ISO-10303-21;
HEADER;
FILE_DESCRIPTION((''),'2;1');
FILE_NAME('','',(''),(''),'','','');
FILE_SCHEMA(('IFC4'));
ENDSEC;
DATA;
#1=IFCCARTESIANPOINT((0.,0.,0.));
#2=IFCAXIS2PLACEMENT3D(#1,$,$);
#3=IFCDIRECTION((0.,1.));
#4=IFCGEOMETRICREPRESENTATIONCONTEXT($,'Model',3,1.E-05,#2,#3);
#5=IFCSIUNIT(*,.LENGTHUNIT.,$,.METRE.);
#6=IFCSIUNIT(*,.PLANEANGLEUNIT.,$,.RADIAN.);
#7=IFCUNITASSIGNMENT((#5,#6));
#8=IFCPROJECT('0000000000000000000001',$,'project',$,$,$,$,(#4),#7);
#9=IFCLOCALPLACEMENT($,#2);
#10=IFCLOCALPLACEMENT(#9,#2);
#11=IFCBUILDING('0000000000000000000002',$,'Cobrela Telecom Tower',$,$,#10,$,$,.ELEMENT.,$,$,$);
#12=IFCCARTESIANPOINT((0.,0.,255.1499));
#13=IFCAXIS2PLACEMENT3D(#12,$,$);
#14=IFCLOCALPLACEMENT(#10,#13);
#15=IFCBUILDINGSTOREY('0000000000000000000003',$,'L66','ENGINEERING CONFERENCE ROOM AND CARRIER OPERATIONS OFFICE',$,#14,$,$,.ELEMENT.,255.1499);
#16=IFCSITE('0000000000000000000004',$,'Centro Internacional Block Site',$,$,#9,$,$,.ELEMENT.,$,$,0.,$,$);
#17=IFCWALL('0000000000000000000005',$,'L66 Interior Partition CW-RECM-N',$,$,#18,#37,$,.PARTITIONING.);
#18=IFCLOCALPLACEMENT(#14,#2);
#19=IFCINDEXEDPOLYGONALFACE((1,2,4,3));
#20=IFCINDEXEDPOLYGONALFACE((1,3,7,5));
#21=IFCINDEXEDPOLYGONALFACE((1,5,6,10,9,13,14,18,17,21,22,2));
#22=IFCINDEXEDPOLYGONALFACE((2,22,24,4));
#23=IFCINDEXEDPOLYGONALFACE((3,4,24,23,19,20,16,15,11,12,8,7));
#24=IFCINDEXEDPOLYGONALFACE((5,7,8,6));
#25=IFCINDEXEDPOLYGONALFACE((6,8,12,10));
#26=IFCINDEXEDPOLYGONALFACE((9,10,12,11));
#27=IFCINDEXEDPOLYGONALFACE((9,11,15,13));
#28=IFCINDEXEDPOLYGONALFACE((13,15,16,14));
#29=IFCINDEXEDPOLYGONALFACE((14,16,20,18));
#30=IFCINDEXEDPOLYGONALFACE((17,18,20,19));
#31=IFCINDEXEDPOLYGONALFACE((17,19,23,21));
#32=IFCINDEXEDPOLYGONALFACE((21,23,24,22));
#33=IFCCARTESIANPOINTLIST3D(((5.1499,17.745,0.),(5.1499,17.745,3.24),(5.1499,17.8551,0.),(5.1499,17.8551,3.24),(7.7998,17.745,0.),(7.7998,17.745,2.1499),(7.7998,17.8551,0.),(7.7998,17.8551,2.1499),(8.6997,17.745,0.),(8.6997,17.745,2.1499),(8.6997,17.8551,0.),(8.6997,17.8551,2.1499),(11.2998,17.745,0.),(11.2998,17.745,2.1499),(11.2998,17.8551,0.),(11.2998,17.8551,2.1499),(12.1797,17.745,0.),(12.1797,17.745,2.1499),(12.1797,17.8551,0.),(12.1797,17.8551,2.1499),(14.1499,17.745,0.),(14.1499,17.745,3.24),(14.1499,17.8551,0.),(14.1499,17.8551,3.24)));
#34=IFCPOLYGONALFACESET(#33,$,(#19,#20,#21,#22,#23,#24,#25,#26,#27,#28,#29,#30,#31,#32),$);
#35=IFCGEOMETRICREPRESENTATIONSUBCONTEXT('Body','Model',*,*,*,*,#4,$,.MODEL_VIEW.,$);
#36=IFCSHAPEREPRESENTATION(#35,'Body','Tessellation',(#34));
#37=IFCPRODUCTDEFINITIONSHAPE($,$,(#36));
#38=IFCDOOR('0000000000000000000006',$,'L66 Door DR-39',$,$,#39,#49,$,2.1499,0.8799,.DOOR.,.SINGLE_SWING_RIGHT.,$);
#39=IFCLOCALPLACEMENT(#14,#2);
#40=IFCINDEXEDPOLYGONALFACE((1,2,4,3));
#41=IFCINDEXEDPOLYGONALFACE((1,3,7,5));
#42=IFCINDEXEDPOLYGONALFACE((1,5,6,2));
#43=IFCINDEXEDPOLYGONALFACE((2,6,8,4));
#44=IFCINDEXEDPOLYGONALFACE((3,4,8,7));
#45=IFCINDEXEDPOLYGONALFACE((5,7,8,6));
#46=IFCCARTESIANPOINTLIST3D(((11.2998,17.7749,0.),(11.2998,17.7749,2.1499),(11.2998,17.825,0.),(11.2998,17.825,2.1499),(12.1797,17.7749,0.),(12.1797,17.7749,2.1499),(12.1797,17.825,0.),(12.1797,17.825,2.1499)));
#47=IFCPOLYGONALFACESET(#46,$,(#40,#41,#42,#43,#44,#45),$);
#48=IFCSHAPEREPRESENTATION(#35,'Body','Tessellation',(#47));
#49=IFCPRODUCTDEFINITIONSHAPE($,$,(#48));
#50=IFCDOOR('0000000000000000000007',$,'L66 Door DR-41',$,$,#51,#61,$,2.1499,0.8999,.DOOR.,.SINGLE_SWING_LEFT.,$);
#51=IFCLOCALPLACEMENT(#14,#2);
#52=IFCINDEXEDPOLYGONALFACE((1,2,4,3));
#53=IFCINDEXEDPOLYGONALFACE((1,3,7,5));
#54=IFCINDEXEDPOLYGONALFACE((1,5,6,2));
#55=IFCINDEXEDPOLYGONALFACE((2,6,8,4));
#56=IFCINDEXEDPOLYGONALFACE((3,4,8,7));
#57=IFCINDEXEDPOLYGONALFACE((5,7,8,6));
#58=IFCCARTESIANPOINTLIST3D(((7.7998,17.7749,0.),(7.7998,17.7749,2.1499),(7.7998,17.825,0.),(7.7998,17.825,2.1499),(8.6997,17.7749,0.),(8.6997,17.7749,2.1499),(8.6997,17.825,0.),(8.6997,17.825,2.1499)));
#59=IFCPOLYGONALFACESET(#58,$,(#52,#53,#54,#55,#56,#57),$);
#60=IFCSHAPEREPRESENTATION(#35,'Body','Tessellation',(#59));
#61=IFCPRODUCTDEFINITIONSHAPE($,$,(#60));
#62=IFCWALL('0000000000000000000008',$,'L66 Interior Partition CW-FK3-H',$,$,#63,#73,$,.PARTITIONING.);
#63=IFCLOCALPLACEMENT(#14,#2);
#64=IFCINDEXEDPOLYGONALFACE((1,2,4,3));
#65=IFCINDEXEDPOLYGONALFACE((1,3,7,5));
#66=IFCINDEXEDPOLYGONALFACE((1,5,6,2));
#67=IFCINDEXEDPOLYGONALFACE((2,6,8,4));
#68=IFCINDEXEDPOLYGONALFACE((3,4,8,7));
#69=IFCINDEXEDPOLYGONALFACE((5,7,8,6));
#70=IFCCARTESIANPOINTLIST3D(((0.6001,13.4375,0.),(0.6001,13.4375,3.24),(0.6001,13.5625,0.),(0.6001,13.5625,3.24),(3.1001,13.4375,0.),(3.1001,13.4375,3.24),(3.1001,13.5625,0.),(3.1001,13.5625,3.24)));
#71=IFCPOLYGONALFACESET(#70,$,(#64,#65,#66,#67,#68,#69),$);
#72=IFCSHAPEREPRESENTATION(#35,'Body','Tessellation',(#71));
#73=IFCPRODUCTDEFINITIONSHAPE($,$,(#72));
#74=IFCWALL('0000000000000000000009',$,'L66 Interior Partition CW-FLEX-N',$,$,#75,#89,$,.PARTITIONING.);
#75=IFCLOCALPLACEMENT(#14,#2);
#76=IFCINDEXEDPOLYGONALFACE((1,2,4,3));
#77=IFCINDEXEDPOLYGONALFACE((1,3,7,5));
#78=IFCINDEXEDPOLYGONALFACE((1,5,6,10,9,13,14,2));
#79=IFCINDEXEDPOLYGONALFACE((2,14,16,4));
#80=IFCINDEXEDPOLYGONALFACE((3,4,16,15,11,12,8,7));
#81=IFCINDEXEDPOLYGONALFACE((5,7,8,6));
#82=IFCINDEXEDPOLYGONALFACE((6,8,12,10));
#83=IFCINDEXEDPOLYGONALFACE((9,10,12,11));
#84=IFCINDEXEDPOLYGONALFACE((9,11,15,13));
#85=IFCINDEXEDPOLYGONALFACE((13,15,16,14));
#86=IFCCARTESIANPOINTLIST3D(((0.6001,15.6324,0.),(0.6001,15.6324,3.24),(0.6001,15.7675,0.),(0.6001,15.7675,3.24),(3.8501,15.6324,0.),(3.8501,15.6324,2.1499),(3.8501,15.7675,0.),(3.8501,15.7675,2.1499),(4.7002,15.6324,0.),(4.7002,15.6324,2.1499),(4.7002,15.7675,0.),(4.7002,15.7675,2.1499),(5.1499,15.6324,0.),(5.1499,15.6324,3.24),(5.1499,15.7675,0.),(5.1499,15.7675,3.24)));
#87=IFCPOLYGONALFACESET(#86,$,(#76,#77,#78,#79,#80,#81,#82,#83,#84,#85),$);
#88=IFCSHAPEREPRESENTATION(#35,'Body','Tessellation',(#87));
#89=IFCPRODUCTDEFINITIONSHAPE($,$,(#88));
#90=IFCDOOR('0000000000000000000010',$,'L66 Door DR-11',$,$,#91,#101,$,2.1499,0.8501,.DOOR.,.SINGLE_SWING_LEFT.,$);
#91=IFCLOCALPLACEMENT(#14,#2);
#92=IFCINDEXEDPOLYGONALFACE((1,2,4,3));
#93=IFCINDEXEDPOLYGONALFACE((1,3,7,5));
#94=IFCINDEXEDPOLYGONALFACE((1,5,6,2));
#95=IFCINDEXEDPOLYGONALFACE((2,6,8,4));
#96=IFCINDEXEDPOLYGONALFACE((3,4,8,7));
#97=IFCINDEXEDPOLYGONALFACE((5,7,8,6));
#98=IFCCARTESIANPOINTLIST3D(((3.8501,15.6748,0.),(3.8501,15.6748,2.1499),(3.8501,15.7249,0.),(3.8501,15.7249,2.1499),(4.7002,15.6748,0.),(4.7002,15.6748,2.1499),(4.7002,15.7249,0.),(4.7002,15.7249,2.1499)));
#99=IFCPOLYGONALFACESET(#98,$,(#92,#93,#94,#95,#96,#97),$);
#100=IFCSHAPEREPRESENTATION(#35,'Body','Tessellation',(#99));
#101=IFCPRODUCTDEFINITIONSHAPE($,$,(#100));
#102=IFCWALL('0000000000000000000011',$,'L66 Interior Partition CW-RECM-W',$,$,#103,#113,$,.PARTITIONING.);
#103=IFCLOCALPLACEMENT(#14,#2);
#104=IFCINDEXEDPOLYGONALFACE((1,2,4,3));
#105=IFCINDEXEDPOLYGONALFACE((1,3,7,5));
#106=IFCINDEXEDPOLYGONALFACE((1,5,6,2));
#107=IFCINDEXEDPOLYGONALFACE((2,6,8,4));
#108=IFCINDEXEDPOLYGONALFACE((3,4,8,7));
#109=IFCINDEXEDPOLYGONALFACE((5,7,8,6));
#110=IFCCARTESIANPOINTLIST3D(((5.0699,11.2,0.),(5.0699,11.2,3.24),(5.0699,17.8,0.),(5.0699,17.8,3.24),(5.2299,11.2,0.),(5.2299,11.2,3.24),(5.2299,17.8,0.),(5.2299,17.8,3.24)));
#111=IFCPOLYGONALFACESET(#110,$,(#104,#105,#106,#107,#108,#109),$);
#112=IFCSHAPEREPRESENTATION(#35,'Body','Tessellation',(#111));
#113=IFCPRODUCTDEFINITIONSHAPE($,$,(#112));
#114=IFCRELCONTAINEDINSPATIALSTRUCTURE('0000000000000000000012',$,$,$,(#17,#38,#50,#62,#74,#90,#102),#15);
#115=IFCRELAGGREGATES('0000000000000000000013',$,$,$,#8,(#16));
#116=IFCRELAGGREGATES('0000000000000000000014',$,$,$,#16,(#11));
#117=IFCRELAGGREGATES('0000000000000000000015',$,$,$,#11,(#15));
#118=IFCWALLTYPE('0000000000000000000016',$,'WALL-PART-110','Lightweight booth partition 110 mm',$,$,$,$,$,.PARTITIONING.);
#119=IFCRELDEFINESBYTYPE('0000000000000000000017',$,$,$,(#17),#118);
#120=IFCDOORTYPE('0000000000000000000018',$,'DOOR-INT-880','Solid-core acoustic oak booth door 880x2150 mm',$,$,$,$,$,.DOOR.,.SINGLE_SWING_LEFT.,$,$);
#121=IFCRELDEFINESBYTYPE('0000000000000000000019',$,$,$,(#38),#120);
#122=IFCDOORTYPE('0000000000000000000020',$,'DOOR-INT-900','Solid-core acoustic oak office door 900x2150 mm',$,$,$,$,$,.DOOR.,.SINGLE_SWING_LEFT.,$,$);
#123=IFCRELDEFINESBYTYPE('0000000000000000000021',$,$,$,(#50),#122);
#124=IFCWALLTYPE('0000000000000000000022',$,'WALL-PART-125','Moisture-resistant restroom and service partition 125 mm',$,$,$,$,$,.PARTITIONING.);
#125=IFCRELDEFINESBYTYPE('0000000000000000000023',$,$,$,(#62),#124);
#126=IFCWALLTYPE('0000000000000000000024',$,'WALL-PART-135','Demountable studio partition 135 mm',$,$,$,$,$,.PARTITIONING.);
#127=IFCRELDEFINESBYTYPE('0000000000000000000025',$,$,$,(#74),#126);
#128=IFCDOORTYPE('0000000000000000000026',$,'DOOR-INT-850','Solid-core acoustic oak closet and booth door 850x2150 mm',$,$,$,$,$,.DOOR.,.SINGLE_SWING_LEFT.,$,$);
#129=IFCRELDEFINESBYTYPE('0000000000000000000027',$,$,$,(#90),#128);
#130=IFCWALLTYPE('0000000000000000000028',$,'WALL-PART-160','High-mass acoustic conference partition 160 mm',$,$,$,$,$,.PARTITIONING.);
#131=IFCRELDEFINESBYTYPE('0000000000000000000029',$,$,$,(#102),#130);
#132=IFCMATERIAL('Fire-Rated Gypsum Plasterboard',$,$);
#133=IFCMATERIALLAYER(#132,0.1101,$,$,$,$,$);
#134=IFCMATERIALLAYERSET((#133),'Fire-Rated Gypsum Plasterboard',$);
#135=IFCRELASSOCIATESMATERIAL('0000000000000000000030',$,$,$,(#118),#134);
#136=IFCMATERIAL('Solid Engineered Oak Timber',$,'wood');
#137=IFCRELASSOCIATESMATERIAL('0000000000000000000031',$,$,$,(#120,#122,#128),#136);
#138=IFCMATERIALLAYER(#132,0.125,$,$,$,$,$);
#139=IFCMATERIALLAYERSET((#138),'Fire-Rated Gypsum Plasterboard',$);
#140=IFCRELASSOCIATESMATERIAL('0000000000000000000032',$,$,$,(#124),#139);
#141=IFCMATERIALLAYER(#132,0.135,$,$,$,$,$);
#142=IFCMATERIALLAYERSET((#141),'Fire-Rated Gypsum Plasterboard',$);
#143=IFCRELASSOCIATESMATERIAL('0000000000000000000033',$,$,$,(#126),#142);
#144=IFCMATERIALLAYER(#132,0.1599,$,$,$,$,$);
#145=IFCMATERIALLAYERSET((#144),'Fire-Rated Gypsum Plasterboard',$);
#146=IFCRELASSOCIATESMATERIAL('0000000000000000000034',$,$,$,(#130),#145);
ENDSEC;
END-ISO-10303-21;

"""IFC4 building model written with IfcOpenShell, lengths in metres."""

from ifc_helpers import new_model, si_unit, direction, frame, frame_2d, origin, place, context, subcontext, project, spatial, rectangle, extrude, material, layer, layer_set, type_object, element, fill, save


model = new_model("IFC4")

# Units and contexts
model_context = context("Model", 3, precision=1e-05, world=origin(), true_north=direction((0.0, 1.0)))
body_context = subcontext(model_context, "Body", "Model", "MODEL_VIEW")
ifc_project = project(units=[si_unit("LENGTHUNIT", "METRE"), si_unit("PLANEANGLEUNIT", "RADIAN")], contexts=[model_context])

# Site, building, storey
site_placement = place(None, origin())
site = spatial("IfcSite", under=ifc_project, at=site_placement, Name="Centro Internacional Block Site", CompositionType="ELEMENT", RefElevation=0.0)
building_placement = place(site_placement, origin())
building = spatial("IfcBuilding", under=site, at=building_placement, Name="Cobrela Telecom Tower", CompositionType="ELEMENT")
storey_placement = place(building_placement, frame((0.0, 0.0, 255.1499)))
storey = spatial("IfcBuildingStorey", under=building, at=storey_placement, Name="L66", Description="ENGINEERING CONFERENCE ROOM AND CARRIER OPERATIONS OFFICE", CompositionType="ELEMENT", Elevation=255.1499)

# Wall, openings, doors
ifc_material_1 = material(Name="Fire-Rated Gypsum Plasterboard")
ifc_layer_1 = layer(ifc_material_1, 0.1101)
ifc_layer_set_1 = layer_set([ifc_layer_1], Name="Fire-Rated Gypsum Plasterboard")
wall_type_1 = type_object("IfcWallType", Name="WALL-PART-110", Description="Lightweight booth partition 110 mm", PredefinedType="PARTITIONING", material=ifc_layer_set_1)
wall_1_placement = place(storey_placement, frame((5.1499, 17.8, 0.0), z_axis=(0.0, 0.0, 1.0), x_axis=(1.0, 0.0, 0.0)))
wall_1 = element("IfcWall", 1, at=wall_1_placement, inside=storey, type_object=wall_type_1, Name="L66 Interior Partition CW-RECM-N", PredefinedType="PARTITIONING", context=body_context, shape_type="SweptSolid", body=[
    extrude(rectangle(XDim=9.0, YDim=0.1101, at=frame_2d((4.5, 0.0))), origin(), (0.0, 0.0, 1.0), 3.24),
])
opening_1_placement = place(wall_1_placement, frame((2.6499, 0.0, 0.0)))
opening_1 = element("IfcOpeningElement", 2, at=opening_1_placement, cuts=wall_1, PredefinedType="OPENING", context=body_context, shape_type="SweptSolid", body=[
    extrude(rectangle(XDim=0.8999, YDim=2.1499, at=frame_2d((0.45, 1.075))), frame((0.0, 0.0669, 0.0), z_axis=(0.0, -1.0, 0.0), x_axis=(1.0, 0.0, 0.0)), (0.0, 0.0, 1.0), 0.134),
])
opening_2_placement = place(wall_1_placement, frame((6.1499, 0.0, 0.0)))
opening_2 = element("IfcOpeningElement", 3, at=opening_2_placement, cuts=wall_1, PredefinedType="OPENING", context=body_context, shape_type="SweptSolid", body=[
    extrude(rectangle(XDim=0.8799, YDim=2.1499, at=frame_2d((0.4399, 1.075))), frame((0.0, 0.0669, 0.0), z_axis=(0.0, -1.0, 0.0), x_axis=(1.0, 0.0, 0.0)), (0.0, 0.0, 1.0), 0.134),
])
ifc_material_2 = material(Name="Solid Engineered Oak Timber", Category="wood")
door_type_1 = type_object("IfcDoorType", Name="DOOR-INT-880", Description="Solid-core acoustic oak booth door 880x2150 mm", OperationType="SINGLE_SWING_LEFT", PredefinedType="DOOR", material=ifc_material_2)
door_1_placement = place(opening_2_placement, origin())
door_1 = element("IfcDoor", 4, at=door_1_placement, inside=storey, type_object=door_type_1, Name="L66 Door DR-39", OperationType="SINGLE_SWING_RIGHT", OverallHeight=2.1499, OverallWidth=0.8799, PredefinedType="DOOR", context=body_context, shape_type="SweptSolid", body=[
    extrude(rectangle(XDim=0.8799, YDim=2.1499, at=frame_2d((0.4399, 1.075))), frame((0.0, 0.0249, 0.0), z_axis=(0.0, -1.0, 0.0), x_axis=(1.0, 0.0, 0.0)), (0.0, 0.0, 1.0), 0.05),
])
fill(opening_2, door_1)
door_type_2 = type_object("IfcDoorType", Name="DOOR-INT-900", Description="Solid-core acoustic oak office door 900x2150 mm", OperationType="SINGLE_SWING_LEFT", PredefinedType="DOOR", material=ifc_material_2)
door_2_placement = place(opening_1_placement, origin())
door_2 = element("IfcDoor", 5, at=door_2_placement, inside=storey, type_object=door_type_2, Name="L66 Door DR-41", OperationType="SINGLE_SWING_LEFT", OverallHeight=2.1499, OverallWidth=0.8999, PredefinedType="DOOR", context=body_context, shape_type="SweptSolid", body=[
    extrude(rectangle(XDim=0.8999, YDim=2.1499, at=frame_2d((0.45, 1.075))), frame((0.0, 0.0249, 0.0), z_axis=(0.0, -1.0, 0.0), x_axis=(1.0, 0.0, 0.0)), (0.0, 0.0, 1.0), 0.05),
])
fill(opening_1, door_2)

# Wall
ifc_layer_2 = layer(ifc_material_1, 0.125)
ifc_layer_set_2 = layer_set([ifc_layer_2], Name="Fire-Rated Gypsum Plasterboard")
wall_type_2 = type_object("IfcWallType", Name="WALL-PART-125", Description="Moisture-resistant restroom and service partition 125 mm", PredefinedType="PARTITIONING", material=ifc_layer_set_2)
wall_2_placement = place(storey_placement, frame((0.6001, 13.5, 0.0), z_axis=(0.0, 0.0, 1.0), x_axis=(1.0, 0.0, 0.0)))
element("IfcWall", 6, at=wall_2_placement, inside=storey, type_object=wall_type_2, Name="L66 Interior Partition CW-FK3-H", PredefinedType="PARTITIONING", context=body_context, shape_type="SweptSolid", body=[
    extrude(rectangle(XDim=2.5, YDim=0.125, at=frame_2d((1.25, 0.0))), origin(), (0.0, 0.0, 1.0), 3.24),
])

# Shared definitions
door_type_3 = type_object("IfcDoorType", Name="DOOR-INT-850", Description="Solid-core acoustic oak closet and booth door 850x2150 mm", OperationType="SINGLE_SWING_LEFT", PredefinedType="DOOR", material=ifc_material_2)

# Wall, opening, door
ifc_layer_3 = layer(ifc_material_1, 0.135)
ifc_layer_set_3 = layer_set([ifc_layer_3], Name="Fire-Rated Gypsum Plasterboard")
wall_type_3 = type_object("IfcWallType", Name="WALL-PART-135", Description="Demountable studio partition 135 mm", PredefinedType="PARTITIONING", material=ifc_layer_set_3)
wall_3_placement = place(storey_placement, frame((0.6001, 15.7, 0.0), z_axis=(0.0, 0.0, 1.0), x_axis=(1.0, 0.0, 0.0)))
wall_3 = element("IfcWall", 7, at=wall_3_placement, inside=storey, type_object=wall_type_3, Name="L66 Interior Partition CW-FLEX-N", PredefinedType="PARTITIONING", context=body_context, shape_type="SweptSolid", body=[
    extrude(rectangle(XDim=4.5498, YDim=0.135, at=frame_2d((2.2749, 0.0))), origin(), (0.0, 0.0, 1.0), 3.24),
])
opening_3_placement = place(wall_3_placement, frame((3.25, 0.0, 0.0)))
opening_3 = element("IfcOpeningElement", 8, at=opening_3_placement, cuts=wall_3, PredefinedType="OPENING", context=body_context, shape_type="SweptSolid", body=[
    extrude(rectangle(XDim=0.8501, YDim=2.1499, at=frame_2d((0.425, 1.075))), frame((0.0, 0.0796, 0.0), z_axis=(0.0, -1.0, 0.0), x_axis=(1.0, 0.0, 0.0)), (0.0, 0.0, 1.0), 0.1589),
])
door_3_placement = place(opening_3_placement, origin())
door_3 = element("IfcDoor", 9, at=door_3_placement, inside=storey, type_object=door_type_3, Name="L66 Door DR-11", OperationType="SINGLE_SWING_LEFT", OverallHeight=2.1499, OverallWidth=0.8501, PredefinedType="DOOR", context=body_context, shape_type="SweptSolid", body=[
    extrude(rectangle(XDim=0.8501, YDim=2.1499, at=frame_2d((0.425, 1.075))), frame((0.0, 0.0249, 0.0), z_axis=(0.0, -1.0, 0.0), x_axis=(1.0, 0.0, 0.0)), (0.0, 0.0, 1.0), 0.05),
])
fill(opening_3, door_3)

# Wall
ifc_layer_4 = layer(ifc_material_1, 0.1599)
ifc_layer_set_4 = layer_set([ifc_layer_4], Name="Fire-Rated Gypsum Plasterboard")
wall_type_4 = type_object("IfcWallType", Name="WALL-PART-160", Description="High-mass acoustic conference partition 160 mm", PredefinedType="PARTITIONING", material=ifc_layer_set_4)
wall_4_placement = place(storey_placement, frame((5.1499, 11.2, 0.0), z_axis=(0.0, 0.0, 1.0), x_axis=(0.0, 1.0, 0.0)))
element("IfcWall", 10, at=wall_4_placement, inside=storey, type_object=wall_type_4, Name="L66 Interior Partition CW-RECM-W", PredefinedType="PARTITIONING", context=body_context, shape_type="SweptSolid", body=[
    extrude(rectangle(XDim=6.6001, YDim=0.1599, at=frame_2d((3.3, 0.0))), origin(), (0.0, 0.0, 1.0), 3.24),
])

save(model, "model.ifc")
